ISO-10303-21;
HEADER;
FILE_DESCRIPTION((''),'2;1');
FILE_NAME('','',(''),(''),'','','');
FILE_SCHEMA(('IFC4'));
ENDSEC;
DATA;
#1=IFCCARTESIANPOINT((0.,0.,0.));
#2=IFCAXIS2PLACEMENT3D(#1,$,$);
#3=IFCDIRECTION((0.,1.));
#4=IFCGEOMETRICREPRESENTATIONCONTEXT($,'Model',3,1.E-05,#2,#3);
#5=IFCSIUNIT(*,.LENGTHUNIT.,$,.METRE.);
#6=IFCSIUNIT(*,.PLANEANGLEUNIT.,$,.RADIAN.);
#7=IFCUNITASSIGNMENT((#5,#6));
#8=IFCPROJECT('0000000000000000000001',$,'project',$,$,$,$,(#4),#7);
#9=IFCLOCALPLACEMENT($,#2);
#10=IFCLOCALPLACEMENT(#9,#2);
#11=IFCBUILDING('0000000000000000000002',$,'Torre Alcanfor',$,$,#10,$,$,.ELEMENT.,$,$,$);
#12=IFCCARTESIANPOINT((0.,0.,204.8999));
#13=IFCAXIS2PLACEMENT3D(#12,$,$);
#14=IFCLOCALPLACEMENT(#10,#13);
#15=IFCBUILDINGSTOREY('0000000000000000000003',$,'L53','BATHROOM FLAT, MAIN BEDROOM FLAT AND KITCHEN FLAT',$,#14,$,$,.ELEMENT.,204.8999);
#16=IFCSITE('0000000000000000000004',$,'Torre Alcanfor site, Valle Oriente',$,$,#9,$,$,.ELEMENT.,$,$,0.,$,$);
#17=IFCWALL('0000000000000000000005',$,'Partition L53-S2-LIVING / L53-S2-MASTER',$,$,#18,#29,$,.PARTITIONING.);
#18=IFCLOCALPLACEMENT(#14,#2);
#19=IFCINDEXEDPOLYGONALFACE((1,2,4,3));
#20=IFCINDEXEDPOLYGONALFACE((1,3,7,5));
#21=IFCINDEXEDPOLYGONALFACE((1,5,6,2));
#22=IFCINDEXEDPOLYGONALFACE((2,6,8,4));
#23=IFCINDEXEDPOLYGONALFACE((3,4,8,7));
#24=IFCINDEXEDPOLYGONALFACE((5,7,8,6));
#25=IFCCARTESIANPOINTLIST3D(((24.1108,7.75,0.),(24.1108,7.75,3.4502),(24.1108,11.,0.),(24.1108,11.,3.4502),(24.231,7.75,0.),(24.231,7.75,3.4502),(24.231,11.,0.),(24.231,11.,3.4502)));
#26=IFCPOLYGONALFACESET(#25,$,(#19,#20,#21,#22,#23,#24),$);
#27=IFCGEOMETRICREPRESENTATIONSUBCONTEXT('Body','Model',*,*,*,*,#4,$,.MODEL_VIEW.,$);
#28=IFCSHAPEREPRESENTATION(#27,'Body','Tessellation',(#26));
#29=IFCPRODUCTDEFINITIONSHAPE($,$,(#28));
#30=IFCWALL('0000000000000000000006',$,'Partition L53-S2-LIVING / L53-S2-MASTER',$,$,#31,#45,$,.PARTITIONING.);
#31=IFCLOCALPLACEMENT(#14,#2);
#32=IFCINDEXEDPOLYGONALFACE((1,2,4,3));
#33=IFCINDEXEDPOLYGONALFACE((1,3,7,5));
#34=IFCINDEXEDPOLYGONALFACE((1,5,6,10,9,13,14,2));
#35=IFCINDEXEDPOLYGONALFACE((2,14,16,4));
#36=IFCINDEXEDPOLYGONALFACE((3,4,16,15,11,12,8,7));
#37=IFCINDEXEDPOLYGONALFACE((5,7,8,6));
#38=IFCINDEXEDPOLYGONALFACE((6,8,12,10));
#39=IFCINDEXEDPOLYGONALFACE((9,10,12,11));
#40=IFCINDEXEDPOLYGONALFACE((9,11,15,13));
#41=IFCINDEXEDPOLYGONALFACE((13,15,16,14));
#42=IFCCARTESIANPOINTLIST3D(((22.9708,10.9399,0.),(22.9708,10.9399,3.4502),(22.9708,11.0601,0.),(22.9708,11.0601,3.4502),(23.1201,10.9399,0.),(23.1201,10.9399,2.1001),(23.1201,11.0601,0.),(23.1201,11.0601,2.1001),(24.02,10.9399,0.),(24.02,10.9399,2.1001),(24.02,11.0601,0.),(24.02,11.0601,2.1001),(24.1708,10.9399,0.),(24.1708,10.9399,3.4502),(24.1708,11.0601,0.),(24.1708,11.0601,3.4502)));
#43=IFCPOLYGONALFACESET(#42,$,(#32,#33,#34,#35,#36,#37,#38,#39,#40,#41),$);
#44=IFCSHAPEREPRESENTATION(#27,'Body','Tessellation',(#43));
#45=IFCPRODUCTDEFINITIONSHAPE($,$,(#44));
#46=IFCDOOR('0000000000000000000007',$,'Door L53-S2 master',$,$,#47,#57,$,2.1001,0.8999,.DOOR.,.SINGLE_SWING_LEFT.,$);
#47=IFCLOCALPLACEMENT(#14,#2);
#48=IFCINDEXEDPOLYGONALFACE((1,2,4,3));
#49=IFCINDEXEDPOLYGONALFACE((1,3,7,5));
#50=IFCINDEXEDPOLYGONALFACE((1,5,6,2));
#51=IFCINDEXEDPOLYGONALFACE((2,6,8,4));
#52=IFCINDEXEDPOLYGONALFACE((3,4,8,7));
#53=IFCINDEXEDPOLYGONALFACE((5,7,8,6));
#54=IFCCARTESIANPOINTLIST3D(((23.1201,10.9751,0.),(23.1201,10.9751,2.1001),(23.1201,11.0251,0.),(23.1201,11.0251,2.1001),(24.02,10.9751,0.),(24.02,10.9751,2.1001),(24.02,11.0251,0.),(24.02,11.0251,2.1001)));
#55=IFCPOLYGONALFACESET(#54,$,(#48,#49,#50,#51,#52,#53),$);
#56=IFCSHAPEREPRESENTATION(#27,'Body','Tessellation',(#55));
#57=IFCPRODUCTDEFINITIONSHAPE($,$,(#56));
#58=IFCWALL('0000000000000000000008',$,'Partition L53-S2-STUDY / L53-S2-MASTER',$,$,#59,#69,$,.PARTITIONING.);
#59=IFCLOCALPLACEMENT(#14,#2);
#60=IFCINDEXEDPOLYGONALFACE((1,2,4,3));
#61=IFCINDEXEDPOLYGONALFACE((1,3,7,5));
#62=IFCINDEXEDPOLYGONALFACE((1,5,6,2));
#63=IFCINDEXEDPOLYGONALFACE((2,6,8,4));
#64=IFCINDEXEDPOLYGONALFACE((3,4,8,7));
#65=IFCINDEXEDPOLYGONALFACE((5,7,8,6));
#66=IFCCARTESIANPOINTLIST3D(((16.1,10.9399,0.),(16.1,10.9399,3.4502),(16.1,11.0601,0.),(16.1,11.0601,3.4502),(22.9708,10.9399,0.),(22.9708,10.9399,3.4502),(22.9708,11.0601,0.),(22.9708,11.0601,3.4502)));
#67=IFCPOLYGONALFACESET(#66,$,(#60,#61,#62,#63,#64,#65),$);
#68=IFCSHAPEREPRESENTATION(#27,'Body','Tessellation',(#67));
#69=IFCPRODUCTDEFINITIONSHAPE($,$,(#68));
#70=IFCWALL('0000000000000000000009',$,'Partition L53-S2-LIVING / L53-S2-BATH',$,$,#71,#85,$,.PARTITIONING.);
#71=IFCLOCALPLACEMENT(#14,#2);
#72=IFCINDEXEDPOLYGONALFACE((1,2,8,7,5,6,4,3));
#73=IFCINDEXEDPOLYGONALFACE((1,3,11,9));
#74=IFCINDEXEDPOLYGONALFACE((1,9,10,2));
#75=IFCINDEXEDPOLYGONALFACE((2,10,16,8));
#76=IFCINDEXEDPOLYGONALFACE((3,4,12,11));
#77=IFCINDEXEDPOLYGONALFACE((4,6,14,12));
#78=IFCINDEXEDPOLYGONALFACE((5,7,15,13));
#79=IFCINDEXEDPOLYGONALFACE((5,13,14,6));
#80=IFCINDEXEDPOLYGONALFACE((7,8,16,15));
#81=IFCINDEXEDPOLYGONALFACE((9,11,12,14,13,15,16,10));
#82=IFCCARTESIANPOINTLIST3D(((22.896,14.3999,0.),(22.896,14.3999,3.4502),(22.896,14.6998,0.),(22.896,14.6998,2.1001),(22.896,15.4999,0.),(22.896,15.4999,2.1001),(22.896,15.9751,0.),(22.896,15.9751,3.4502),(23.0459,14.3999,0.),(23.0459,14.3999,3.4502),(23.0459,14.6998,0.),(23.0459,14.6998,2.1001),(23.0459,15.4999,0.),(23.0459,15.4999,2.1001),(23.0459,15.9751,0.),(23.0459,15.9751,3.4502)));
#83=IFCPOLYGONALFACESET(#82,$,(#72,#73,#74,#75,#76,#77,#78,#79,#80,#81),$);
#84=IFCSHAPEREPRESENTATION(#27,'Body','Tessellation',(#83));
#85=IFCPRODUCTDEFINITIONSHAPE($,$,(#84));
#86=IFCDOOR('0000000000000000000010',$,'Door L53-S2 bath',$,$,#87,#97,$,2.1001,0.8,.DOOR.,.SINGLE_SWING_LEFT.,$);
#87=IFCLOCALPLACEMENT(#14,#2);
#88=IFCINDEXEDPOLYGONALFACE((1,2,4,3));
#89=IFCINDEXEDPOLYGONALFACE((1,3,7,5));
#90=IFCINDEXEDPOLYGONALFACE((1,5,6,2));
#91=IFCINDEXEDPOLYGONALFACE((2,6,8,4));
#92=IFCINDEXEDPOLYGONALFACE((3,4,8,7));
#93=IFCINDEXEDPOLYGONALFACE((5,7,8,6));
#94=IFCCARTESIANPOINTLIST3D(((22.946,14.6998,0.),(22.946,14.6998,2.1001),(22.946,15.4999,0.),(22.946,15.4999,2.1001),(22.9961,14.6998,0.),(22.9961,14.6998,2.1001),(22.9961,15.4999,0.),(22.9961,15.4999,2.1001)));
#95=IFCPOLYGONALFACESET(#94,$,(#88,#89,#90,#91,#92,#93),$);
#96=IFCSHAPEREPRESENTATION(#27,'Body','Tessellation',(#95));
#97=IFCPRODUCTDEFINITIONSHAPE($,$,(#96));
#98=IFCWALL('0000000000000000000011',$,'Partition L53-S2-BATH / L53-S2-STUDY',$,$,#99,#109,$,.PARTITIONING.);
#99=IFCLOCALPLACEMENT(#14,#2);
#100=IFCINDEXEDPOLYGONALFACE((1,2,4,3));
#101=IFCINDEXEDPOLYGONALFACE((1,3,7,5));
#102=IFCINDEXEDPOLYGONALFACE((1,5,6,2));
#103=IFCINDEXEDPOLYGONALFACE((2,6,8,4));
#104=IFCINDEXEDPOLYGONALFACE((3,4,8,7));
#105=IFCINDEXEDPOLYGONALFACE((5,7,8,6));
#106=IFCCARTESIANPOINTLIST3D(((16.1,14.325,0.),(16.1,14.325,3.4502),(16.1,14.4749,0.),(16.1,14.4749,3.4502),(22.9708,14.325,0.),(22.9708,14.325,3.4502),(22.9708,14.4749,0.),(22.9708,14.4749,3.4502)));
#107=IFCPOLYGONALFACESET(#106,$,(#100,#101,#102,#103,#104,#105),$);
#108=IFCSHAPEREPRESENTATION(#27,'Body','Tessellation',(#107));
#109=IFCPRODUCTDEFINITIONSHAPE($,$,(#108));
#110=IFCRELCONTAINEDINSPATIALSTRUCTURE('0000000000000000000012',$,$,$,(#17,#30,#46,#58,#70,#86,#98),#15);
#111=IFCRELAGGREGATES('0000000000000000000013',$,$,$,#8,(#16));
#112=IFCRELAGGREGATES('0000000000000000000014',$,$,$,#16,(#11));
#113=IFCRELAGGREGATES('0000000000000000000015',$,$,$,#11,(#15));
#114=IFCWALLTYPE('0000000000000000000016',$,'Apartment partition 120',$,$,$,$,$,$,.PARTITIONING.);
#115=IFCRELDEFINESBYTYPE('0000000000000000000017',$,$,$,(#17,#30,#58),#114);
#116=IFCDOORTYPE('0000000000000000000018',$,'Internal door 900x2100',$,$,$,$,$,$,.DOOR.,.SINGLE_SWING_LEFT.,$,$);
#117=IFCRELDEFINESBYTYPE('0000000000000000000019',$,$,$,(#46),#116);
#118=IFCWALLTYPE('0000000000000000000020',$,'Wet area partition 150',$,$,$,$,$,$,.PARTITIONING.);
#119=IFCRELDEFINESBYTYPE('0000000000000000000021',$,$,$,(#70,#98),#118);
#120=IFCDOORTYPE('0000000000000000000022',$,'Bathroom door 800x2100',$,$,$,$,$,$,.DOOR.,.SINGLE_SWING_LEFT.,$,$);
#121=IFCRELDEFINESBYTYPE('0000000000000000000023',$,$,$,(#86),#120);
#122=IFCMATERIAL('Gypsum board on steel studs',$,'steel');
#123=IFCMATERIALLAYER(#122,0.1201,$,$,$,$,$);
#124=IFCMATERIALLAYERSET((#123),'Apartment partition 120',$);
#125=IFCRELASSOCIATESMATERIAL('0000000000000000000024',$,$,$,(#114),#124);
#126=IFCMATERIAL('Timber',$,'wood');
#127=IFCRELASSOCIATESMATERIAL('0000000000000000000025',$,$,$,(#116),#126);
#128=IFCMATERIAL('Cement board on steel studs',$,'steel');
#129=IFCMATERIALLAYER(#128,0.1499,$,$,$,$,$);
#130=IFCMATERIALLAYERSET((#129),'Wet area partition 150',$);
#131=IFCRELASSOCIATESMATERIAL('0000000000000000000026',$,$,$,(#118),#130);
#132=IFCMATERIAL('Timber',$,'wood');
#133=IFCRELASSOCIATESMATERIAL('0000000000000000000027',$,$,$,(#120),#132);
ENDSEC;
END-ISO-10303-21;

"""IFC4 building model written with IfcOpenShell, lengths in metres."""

from ifc_helpers import new_model, si_unit, direction, frame, frame_2d, origin, place, context, subcontext, project, spatial, rectangle, extrude, material, layer, layer_set, type_object, element, fill, save


model = new_model("IFC4")

# Units and contexts
model_context = context("Model", 3, precision=1e-05, world=origin(), true_north=direction((0.0, 1.0)))
body_context = subcontext(model_context, "Body", "Model", "MODEL_VIEW")
ifc_project = project(units=[si_unit("LENGTHUNIT", "METRE"), si_unit("PLANEANGLEUNIT", "RADIAN")], contexts=[model_context])

# Site, building, storey
site_placement = place(None, origin())
site = spatial("IfcSite", under=ifc_project, at=site_placement, Name="Torre Alcanfor site, Valle Oriente", CompositionType="ELEMENT", RefElevation=0.0)
building_placement = place(site_placement, origin())
building = spatial("IfcBuilding", under=site, at=building_placement, Name="Torre Alcanfor", CompositionType="ELEMENT")
storey_placement = place(building_placement, frame((0.0, 0.0, 204.8999)))
storey = spatial("IfcBuildingStorey", under=building, at=storey_placement, Name="L53", Description="BATHROOM FLAT, MAIN BEDROOM FLAT AND KITCHEN FLAT", CompositionType="ELEMENT", Elevation=204.8999)

# Shared definitions
ifc_material_1 = material(Name="Gypsum board on steel studs", Category="steel")
ifc_layer_1 = layer(ifc_material_1, 0.1201)
ifc_layer_set_1 = layer_set([ifc_layer_1], Name="Apartment partition 120")
wall_type_1 = type_object("IfcWallType", Name="Apartment partition 120", PredefinedType="PARTITIONING", material=ifc_layer_set_1)
ifc_material_2 = material(Name="Timber", Category="wood")
door_type_1 = type_object("IfcDoorType", Name="Internal door 900x2100", OperationType="SINGLE_SWING_LEFT", PredefinedType="DOOR", material=ifc_material_2)

# Wall
wall_1_placement = place(storey_placement, frame((24.1709, 7.75, 0.0), z_axis=(0.0, 0.0, 1.0), x_axis=(0.0, 1.0, 0.0)))
element("IfcWall", 1, at=wall_1_placement, inside=storey, type_object=wall_type_1, Name="Partition L53-S2-LIVING / L53-S2-MASTER", PredefinedType="PARTITIONING", context=body_context, shape_type="SweptSolid", body=[
    extrude(rectangle(XDim=3.25, YDim=0.1201, at=frame_2d((1.625, 0.0))), origin(), (0.0, 0.0, 1.0), 3.4502),
])

# Wall, opening, door
wall_2_placement = place(storey_placement, frame((24.1709, 11.0, 0.0), z_axis=(0.0, 0.0, 1.0), x_axis=(-1.0, 0.0, 0.0)))
wall_2 = element("IfcWall", 2, at=wall_2_placement, inside=storey, type_object=wall_type_1, Name="Partition L53-S2-LIVING / L53-S2-MASTER", PredefinedType="PARTITIONING", context=body_context, shape_type="SweptSolid", body=[
    extrude(rectangle(XDim=1.2, YDim=0.1201, at=frame_2d((0.6001, 0.0))), origin(), (0.0, 0.0, 1.0), 3.4502),
])
opening_1_placement = place(wall_2_placement, frame((0.1509, 0.0, 0.0)))
opening_1 = element("IfcOpeningElement", 3, at=opening_1_placement, cuts=wall_2, PredefinedType="OPENING", context=body_context, shape_type="SweptSolid", body=[
    extrude(rectangle(XDim=0.8999, YDim=2.1001, at=frame_2d((0.45, 1.05))), frame((0.0, 0.0701, 0.0), z_axis=(0.0, -1.0, 0.0), x_axis=(1.0, 0.0, 0.0)), (0.0, 0.0, 1.0), 0.1401),
])
door_1_placement = place(opening_1_placement, origin())
door_1 = element("IfcDoor", 4, at=door_1_placement, inside=storey, type_object=door_type_1, Name="Door L53-S2 master", OperationType="SINGLE_SWING_LEFT", OverallHeight=2.1001, OverallWidth=0.8999, PredefinedType="DOOR", context=body_context, shape_type="SweptSolid", body=[
    extrude(rectangle(XDim=0.8999, YDim=2.1001, at=frame_2d((0.45, 1.05))), frame((0.0, 0.0249, 0.0), z_axis=(0.0, -1.0, 0.0), x_axis=(1.0, 0.0, 0.0)), (0.0, 0.0, 1.0), 0.05),
])
fill(opening_1, door_1)

# Wall
wall_3_placement = place(storey_placement, frame((22.9709, 11.0, 0.0), z_axis=(0.0, 0.0, 1.0), x_axis=(-1.0, 0.0, 0.0)))
element("IfcWall", 5, at=wall_3_placement, inside=storey, type_object=wall_type_1, Name="Partition L53-S2-STUDY / L53-S2-MASTER", PredefinedType="PARTITIONING", context=body_context, shape_type="SweptSolid", body=[
    extrude(rectangle(XDim=6.8708, YDim=0.1201, at=frame_2d((3.4355, 0.0))), origin(), (0.0, 0.0, 1.0), 3.4502),
])

# Wall, opening, door
ifc_material_3 = material(Name="Cement board on steel studs", Category="steel")
ifc_layer_2 = layer(ifc_material_3, 0.1499)
ifc_layer_set_2 = layer_set([ifc_layer_2], Name="Wet area partition 150")
wall_type_2 = type_object("IfcWallType", Name="Wet area partition 150", PredefinedType="PARTITIONING", material=ifc_layer_set_2)
wall_4_placement = place(storey_placement, frame((22.9709, 14.3999, 0.0), z_axis=(0.0, 0.0, 1.0), x_axis=(0.0, 1.0, 0.0)))
wall_4 = element("IfcWall", 6, at=wall_4_placement, inside=storey, type_object=wall_type_2, Name="Partition L53-S2-LIVING / L53-S2-BATH", PredefinedType="PARTITIONING", context=body_context, shape_type="SweptSolid", body=[
    extrude(rectangle(XDim=1.5752, YDim=0.1499, at=frame_2d((0.7876, 0.0))), origin(), (0.0, 0.0, 1.0), 3.4502),
])
opening_2_placement = place(wall_4_placement, frame((0.3, 0.0, 0.0)))
opening_2 = element("IfcOpeningElement", 7, at=opening_2_placement, cuts=wall_4, PredefinedType="OPENING", context=body_context, shape_type="SweptSolid", body=[
    extrude(rectangle(XDim=0.8, YDim=2.1001, at=frame_2d((0.3999, 1.05))), frame((0.0, 0.085, 0.0), z_axis=(0.0, -1.0, 0.0), x_axis=(1.0, 0.0, 0.0)), (0.0, 0.0, 1.0), 0.1699),
])
ifc_material_4 = material(Name="Timber", Category="wood")
door_type_2 = type_object("IfcDoorType", Name="Bathroom door 800x2100", OperationType="SINGLE_SWING_LEFT", PredefinedType="DOOR", material=ifc_material_4)
door_2_placement = place(opening_2_placement, origin())
door_2 = element("IfcDoor", 8, at=door_2_placement, inside=storey, type_object=door_type_2, Name="Door L53-S2 bath", OperationType="SINGLE_SWING_LEFT", OverallHeight=2.1001, OverallWidth=0.8, PredefinedType="DOOR", context=body_context, shape_type="SweptSolid", body=[
    extrude(rectangle(XDim=0.8, YDim=2.1001, at=frame_2d((0.3999, 1.05))), frame((0.0, 0.0249, 0.0), z_axis=(0.0, -1.0, 0.0), x_axis=(1.0, 0.0, 0.0)), (0.0, 0.0, 1.0), 0.05),
])
fill(opening_2, door_2)

# Wall
wall_5_placement = place(storey_placement, frame((22.9709, 14.3999, 0.0), z_axis=(0.0, 0.0, 1.0), x_axis=(-1.0, 0.0, 0.0)))
element("IfcWall", 9, at=wall_5_placement, inside=storey, type_object=wall_type_2, Name="Partition L53-S2-BATH / L53-S2-STUDY", PredefinedType="PARTITIONING", context=body_context, shape_type="SweptSolid", body=[
    extrude(rectangle(XDim=6.8708, YDim=0.1499, at=frame_2d((3.4355, 0.0))), origin(), (0.0, 0.0, 1.0), 3.4502),
])

save(model, "model.ifc")
